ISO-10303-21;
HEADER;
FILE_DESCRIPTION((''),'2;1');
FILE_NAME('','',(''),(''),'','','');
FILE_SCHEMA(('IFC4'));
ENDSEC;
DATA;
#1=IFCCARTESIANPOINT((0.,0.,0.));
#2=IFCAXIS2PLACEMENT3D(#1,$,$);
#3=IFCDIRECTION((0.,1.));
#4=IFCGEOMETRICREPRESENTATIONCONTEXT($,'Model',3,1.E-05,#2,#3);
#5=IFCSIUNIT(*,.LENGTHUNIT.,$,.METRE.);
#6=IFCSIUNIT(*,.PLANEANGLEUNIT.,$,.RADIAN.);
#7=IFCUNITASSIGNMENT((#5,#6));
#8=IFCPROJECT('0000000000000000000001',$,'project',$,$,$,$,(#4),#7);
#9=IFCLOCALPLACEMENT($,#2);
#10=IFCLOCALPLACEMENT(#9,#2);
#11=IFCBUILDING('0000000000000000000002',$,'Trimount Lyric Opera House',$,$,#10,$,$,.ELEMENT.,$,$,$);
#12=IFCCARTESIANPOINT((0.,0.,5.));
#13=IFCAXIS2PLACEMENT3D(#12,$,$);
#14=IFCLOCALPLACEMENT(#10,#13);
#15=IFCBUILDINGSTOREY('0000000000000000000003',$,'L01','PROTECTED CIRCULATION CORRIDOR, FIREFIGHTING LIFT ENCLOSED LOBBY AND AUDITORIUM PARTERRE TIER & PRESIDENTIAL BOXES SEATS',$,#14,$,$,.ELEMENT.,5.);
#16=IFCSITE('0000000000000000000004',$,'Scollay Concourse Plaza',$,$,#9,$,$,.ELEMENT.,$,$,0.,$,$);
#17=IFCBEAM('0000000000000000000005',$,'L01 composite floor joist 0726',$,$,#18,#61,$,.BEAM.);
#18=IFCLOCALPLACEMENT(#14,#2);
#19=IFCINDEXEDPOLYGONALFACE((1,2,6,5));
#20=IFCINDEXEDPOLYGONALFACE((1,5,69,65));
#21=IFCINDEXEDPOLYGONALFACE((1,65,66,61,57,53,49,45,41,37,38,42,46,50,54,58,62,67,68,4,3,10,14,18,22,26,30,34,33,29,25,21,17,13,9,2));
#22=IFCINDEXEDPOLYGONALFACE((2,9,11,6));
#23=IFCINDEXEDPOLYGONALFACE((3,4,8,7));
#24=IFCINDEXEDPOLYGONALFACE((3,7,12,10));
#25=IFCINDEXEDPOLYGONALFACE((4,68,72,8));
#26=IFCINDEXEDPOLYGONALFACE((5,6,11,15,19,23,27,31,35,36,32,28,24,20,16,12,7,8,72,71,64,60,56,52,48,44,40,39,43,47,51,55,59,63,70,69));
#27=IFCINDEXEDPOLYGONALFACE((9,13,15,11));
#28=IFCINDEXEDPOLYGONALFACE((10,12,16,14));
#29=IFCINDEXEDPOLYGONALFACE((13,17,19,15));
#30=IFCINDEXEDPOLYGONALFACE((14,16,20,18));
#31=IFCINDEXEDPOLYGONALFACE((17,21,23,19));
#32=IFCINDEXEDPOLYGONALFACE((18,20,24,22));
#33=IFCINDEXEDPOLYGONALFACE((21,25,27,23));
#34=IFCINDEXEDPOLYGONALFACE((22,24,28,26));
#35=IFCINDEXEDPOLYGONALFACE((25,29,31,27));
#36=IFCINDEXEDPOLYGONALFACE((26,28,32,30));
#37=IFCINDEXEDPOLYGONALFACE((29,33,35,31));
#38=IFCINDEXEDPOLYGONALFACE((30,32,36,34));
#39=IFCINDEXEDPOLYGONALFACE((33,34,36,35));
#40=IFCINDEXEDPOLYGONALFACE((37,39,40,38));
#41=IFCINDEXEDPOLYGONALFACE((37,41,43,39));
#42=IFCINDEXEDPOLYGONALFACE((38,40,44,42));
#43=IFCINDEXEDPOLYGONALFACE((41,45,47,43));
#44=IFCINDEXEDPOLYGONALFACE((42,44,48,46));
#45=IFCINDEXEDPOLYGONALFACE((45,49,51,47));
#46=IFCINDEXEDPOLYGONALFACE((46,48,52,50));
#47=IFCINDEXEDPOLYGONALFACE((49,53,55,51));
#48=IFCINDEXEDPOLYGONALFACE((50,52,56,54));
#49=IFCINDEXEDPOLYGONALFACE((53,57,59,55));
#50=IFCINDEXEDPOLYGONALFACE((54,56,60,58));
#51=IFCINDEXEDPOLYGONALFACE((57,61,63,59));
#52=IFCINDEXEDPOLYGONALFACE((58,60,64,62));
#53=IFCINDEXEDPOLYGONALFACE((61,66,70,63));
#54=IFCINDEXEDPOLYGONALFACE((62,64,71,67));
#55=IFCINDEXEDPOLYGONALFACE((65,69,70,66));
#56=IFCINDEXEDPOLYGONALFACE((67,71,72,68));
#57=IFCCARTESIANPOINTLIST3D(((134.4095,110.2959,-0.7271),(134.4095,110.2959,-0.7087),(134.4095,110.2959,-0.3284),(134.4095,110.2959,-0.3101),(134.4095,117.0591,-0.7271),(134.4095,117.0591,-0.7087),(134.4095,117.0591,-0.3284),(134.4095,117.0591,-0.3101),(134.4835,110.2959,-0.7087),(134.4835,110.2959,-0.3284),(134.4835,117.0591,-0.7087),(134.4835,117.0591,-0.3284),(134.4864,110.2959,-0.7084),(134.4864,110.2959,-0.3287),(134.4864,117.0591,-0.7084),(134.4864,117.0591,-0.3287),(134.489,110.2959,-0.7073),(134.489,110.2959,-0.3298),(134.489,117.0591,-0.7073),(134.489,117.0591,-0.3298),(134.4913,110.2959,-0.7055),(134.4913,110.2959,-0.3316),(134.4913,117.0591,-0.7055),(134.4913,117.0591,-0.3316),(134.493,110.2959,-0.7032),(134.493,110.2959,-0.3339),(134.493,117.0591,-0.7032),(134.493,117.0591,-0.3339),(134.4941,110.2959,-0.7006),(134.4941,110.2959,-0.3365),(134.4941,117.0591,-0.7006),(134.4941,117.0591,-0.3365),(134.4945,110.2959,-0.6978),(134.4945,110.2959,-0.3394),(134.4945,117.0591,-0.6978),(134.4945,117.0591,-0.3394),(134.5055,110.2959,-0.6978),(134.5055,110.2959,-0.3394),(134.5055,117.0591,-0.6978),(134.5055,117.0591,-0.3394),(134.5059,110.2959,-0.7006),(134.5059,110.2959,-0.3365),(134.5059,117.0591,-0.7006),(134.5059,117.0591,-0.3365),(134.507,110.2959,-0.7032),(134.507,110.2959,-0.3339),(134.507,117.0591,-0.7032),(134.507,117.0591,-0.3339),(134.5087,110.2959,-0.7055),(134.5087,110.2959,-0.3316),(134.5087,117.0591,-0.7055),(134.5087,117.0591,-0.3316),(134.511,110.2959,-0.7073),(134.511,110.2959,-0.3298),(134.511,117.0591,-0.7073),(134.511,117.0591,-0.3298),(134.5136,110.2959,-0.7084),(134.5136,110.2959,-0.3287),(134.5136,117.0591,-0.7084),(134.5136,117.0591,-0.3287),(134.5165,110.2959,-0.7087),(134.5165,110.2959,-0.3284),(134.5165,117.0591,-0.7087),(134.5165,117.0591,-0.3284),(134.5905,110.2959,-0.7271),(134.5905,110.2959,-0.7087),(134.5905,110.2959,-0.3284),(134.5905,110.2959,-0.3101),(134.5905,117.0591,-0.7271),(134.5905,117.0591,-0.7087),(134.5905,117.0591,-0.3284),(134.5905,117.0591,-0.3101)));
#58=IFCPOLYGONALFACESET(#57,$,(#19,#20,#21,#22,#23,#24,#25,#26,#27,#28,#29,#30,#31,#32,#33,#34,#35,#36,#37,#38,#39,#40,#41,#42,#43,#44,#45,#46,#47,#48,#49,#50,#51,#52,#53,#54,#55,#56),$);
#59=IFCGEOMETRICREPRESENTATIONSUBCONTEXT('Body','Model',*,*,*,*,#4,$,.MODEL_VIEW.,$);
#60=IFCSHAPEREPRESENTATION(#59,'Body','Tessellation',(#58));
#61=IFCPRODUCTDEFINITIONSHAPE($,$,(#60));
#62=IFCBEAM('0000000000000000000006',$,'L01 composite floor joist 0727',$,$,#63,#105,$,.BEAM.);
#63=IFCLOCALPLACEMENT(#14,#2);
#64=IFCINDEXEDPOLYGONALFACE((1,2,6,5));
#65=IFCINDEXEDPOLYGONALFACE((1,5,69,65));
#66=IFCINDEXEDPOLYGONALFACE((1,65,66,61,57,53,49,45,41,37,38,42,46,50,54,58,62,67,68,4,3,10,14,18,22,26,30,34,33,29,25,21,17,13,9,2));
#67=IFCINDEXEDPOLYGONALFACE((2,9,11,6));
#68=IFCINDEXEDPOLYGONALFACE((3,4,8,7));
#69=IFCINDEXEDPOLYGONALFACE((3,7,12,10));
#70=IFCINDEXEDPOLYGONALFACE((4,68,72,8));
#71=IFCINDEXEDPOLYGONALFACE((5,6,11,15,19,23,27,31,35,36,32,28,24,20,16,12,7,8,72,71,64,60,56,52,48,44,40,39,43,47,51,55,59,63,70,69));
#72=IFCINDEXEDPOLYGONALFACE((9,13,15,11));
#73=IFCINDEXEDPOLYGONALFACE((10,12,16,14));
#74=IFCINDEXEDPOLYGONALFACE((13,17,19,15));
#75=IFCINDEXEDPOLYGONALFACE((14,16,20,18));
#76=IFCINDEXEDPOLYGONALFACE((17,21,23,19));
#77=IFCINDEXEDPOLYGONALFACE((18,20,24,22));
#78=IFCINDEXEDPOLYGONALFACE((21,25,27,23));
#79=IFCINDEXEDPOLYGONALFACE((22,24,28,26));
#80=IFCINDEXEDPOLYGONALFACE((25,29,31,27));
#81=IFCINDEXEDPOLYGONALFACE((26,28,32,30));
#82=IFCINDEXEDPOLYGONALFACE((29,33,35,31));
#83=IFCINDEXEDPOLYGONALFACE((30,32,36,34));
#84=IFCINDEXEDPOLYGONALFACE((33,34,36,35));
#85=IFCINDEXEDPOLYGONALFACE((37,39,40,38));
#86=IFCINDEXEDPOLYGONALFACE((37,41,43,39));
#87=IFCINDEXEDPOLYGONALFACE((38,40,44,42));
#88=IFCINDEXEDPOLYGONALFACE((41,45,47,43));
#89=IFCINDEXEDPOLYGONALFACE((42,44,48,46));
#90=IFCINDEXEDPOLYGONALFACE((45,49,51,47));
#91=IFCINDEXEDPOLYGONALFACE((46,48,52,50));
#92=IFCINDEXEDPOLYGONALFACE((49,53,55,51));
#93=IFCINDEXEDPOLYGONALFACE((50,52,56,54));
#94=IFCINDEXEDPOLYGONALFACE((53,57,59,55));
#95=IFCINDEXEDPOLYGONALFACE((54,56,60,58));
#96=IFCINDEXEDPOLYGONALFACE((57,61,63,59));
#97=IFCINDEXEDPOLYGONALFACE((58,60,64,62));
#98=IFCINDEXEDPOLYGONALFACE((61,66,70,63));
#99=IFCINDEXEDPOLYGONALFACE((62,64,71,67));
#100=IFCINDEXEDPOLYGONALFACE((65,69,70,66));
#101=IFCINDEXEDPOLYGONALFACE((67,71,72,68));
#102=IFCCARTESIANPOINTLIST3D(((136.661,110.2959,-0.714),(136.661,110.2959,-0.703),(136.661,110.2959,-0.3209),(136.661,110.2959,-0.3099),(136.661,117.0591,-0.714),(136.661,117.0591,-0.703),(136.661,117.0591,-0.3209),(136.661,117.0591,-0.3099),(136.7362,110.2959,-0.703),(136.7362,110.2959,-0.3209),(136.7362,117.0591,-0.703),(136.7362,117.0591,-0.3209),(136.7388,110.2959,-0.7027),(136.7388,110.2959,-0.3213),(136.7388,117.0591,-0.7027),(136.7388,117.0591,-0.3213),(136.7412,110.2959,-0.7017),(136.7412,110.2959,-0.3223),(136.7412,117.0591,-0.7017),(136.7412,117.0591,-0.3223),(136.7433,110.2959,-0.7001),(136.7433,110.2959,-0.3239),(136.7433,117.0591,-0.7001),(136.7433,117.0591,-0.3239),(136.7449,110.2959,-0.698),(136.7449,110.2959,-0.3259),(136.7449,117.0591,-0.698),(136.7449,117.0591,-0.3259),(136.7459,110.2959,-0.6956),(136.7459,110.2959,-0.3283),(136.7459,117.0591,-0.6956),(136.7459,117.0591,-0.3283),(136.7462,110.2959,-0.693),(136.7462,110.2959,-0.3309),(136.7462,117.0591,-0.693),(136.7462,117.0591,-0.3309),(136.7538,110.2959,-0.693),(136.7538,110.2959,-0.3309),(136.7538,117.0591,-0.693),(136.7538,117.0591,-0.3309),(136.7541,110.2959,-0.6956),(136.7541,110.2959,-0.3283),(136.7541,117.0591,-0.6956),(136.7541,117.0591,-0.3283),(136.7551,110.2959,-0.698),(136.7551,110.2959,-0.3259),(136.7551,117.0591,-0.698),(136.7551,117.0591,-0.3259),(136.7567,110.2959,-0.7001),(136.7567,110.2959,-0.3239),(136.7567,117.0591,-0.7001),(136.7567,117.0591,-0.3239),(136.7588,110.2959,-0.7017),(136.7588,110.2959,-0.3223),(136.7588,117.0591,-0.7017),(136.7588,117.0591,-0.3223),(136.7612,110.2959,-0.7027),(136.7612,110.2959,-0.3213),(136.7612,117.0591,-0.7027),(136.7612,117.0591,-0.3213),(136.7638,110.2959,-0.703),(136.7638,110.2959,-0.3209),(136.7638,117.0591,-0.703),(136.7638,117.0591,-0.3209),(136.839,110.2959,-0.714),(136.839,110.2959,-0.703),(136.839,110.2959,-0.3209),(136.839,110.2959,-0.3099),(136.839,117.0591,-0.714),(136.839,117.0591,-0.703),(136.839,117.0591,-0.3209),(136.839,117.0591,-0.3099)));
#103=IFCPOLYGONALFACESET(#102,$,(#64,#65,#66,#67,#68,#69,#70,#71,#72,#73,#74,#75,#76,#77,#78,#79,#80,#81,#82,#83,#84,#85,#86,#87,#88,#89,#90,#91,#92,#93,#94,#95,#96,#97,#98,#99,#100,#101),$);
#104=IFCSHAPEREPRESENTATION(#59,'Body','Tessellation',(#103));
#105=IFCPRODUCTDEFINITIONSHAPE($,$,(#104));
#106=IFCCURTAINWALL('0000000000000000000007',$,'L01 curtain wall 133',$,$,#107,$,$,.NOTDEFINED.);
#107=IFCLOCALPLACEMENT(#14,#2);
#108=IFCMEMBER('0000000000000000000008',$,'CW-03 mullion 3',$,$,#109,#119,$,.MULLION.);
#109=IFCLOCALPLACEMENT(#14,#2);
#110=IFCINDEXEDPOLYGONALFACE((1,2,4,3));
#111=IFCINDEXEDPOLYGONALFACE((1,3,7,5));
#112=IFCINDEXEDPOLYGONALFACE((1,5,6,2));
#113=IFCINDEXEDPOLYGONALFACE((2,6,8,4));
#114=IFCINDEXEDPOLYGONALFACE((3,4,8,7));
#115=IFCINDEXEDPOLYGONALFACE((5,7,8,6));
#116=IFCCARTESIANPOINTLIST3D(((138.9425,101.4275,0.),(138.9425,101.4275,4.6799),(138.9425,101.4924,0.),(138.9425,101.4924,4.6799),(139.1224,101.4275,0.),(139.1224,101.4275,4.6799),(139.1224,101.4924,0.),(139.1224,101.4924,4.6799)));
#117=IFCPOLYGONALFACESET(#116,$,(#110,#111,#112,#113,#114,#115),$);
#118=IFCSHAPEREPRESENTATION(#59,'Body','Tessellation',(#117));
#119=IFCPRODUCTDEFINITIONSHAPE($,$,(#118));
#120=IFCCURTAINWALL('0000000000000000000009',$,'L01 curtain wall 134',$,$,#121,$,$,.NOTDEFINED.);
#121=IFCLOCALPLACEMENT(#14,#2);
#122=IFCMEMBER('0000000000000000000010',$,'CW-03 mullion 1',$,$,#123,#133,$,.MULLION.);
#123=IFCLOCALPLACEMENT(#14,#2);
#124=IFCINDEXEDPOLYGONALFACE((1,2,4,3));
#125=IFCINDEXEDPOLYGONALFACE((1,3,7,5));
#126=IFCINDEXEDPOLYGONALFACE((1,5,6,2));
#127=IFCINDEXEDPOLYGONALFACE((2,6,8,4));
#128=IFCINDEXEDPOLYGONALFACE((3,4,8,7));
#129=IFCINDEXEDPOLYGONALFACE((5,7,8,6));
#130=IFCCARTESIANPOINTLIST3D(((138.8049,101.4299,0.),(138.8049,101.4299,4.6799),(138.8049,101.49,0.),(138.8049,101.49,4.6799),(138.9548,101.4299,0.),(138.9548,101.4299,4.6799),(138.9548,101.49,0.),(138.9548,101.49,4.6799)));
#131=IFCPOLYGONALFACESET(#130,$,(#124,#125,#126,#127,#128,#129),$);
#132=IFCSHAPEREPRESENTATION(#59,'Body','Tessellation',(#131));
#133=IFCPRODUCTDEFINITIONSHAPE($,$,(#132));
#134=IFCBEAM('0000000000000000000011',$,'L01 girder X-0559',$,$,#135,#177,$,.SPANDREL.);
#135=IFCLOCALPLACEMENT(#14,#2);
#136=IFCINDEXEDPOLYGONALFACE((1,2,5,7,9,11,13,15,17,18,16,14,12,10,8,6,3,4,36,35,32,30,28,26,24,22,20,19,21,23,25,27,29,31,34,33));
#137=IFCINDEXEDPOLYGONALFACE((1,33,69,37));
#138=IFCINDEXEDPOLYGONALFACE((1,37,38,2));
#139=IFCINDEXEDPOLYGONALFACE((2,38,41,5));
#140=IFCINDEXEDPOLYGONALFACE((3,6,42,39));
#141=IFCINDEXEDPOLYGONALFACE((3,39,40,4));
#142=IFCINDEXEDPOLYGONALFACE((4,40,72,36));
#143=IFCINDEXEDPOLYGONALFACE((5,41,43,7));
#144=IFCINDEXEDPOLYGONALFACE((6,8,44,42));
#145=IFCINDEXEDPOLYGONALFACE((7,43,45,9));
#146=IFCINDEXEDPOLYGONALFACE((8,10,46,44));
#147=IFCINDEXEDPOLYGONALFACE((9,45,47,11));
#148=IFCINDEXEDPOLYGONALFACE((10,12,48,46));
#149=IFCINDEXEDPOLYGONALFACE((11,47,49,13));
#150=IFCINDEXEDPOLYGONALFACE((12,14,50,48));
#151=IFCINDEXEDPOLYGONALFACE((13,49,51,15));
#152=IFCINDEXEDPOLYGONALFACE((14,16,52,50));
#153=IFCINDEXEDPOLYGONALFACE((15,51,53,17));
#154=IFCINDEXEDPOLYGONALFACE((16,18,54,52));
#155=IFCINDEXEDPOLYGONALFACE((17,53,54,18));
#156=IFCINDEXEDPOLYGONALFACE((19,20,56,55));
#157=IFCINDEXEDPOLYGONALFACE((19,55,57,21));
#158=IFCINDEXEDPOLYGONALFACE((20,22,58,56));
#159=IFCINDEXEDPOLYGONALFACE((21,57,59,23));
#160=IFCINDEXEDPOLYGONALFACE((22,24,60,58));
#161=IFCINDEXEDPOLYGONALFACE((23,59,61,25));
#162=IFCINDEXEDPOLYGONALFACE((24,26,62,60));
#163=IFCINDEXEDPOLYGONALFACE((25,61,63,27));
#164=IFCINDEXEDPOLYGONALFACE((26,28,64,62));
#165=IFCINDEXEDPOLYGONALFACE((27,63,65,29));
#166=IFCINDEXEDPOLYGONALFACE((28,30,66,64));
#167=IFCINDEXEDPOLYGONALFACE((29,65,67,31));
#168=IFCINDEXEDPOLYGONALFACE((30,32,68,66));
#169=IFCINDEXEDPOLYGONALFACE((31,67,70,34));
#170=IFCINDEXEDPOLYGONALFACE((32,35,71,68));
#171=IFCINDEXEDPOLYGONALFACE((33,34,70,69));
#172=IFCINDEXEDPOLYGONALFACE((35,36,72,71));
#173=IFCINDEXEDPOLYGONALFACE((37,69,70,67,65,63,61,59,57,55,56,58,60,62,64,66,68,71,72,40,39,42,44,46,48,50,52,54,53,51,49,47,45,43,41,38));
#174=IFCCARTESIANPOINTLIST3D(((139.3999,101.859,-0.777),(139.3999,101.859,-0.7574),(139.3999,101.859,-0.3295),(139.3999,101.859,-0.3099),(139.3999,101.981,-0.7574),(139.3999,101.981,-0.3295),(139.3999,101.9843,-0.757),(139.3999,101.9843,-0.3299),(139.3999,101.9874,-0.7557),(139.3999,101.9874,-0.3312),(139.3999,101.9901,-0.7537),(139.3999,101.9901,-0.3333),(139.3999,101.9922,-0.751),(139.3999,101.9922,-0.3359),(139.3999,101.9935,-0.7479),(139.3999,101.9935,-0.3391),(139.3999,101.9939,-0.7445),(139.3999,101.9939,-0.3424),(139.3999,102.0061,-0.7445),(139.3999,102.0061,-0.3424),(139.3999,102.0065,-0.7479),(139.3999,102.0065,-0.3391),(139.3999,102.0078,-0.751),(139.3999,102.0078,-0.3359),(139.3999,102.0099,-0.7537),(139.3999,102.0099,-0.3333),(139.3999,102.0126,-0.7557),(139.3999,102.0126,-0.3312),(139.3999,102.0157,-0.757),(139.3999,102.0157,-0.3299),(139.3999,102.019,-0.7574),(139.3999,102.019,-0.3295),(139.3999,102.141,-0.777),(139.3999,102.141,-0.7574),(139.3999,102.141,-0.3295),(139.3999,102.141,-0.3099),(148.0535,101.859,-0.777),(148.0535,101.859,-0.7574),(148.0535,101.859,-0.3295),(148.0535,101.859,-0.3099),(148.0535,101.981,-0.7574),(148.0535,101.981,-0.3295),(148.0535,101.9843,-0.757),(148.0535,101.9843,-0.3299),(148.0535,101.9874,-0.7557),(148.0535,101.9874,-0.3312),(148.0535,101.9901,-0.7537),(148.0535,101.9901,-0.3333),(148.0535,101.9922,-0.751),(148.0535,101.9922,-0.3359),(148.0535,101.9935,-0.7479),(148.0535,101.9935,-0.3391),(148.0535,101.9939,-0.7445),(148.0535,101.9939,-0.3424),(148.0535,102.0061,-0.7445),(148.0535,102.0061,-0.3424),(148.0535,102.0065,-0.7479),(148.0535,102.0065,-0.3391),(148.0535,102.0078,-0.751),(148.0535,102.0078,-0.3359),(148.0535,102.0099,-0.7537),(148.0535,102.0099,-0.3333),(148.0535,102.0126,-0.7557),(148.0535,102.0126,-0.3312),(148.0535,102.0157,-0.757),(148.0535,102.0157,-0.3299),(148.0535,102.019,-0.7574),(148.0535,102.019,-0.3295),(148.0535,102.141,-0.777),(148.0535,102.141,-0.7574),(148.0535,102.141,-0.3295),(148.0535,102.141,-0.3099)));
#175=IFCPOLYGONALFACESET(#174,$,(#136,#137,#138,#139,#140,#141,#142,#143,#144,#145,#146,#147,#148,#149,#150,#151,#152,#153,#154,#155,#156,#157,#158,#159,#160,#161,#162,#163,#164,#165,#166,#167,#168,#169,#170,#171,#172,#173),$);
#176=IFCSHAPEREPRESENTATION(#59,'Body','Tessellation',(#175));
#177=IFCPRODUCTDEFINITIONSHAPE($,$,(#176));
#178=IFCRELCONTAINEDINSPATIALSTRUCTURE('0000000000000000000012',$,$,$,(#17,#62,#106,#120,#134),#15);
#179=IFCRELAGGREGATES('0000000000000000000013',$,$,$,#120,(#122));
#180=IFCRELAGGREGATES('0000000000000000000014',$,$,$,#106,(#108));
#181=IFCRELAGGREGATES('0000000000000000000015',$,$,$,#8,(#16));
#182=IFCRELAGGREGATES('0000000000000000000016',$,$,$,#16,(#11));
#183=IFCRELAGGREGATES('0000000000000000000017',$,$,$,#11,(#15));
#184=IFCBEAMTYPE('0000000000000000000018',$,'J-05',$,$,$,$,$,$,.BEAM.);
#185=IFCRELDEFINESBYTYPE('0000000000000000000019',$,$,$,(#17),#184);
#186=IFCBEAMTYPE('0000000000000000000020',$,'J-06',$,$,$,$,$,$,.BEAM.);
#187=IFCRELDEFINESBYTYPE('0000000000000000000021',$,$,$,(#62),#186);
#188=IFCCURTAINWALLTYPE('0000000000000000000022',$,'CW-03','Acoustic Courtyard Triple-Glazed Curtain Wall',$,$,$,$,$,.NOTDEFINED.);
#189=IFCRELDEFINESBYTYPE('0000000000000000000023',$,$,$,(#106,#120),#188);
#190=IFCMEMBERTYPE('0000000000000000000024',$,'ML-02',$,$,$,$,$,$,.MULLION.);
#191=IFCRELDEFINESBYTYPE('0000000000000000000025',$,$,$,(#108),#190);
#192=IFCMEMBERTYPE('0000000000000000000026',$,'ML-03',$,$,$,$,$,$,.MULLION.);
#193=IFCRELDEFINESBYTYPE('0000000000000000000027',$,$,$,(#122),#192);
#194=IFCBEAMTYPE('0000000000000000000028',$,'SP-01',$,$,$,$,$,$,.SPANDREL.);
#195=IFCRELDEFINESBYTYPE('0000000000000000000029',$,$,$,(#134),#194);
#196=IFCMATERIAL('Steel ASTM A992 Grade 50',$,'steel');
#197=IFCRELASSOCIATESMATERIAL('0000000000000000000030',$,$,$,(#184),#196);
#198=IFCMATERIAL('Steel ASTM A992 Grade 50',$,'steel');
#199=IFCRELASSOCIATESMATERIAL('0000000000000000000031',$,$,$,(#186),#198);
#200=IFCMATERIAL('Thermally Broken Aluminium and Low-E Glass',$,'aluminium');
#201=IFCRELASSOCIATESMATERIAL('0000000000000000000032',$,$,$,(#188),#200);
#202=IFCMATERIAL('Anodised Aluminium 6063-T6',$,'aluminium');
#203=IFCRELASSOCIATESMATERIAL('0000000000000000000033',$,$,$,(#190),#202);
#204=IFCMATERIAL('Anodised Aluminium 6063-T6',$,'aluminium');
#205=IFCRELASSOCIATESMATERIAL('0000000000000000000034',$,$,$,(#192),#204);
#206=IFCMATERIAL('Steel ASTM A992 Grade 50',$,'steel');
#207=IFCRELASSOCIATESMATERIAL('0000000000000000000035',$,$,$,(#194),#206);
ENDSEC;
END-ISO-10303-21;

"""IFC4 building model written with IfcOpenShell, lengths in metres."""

from ifc_helpers import new_model, si_unit, direction, frame, origin, origin_2d, place, context, subcontext, project, spatial, rectangle, i_section, extrude, material, material_profile, profile_set, type_object, element, aggregate, save


model = new_model("IFC4")

# Units and contexts
model_context = context("Model", 3, precision=1e-05, world=origin(), true_north=direction((0.0, 1.0)))
body_context = subcontext(model_context, "Body", "Model", "MODEL_VIEW")
ifc_project = project(units=[si_unit("LENGTHUNIT", "METRE"), si_unit("PLANEANGLEUNIT", "RADIAN")], contexts=[model_context])

# Site, building, storey
site_placement = place(None, origin())
site = spatial("IfcSite", under=ifc_project, at=site_placement, Name="Scollay Concourse Plaza", CompositionType="ELEMENT", RefElevation=0.0)
building_placement = place(site_placement, origin())
building = spatial("IfcBuilding", under=site, at=building_placement, Name="Trimount Lyric Opera House", CompositionType="ELEMENT")
storey_placement = place(building_placement, frame((0.0, 0.0, 5.0)))
storey = spatial("IfcBuildingStorey", under=building, at=storey_placement, Name="L01", Description="PROTECTED CIRCULATION CORRIDOR, FIREFIGHTING LIFT ENCLOSED LOBBY AND AUDITORIUM PARTERRE TIER & PRESIDENTIAL BOXES SEATS", CompositionType="ELEMENT", Elevation=5.0)

# Beams
ifc_material_1 = material(Name="Steel ASTM A992 Grade 50", Category="steel")
ifc_material_profile_1 = material_profile(ifc_material_1, i_section(OverallWidth=0.1809, OverallDepth=0.417, WebThickness=0.011, FlangeThickness=0.0183, FilletRadius=0.011, at=origin_2d()), Name="W16X57")
ifc_profile_set_1 = profile_set([ifc_material_profile_1], Name="Steel ASTM A992 Grade 50")
beam_type_1 = type_object("IfcBeamType", Name="J-05", PredefinedType="BEAM", material=ifc_profile_set_1)
beam_1_placement = place(storey_placement, frame((134.5, 110.2959, -0.5186), z_axis=(0.0, 1.0, 0.0), x_axis=(-1.0, 0.0, 0.0)))
element("IfcBeam", 1, at=beam_1_placement, inside=storey, type_object=beam_type_1, Name="L01 composite floor joist 0726", PredefinedType="BEAM", context=body_context, shape_type="SweptSolid", body=[
    extrude(i_section(OverallWidth=0.1809, OverallDepth=0.417, WebThickness=0.011, FlangeThickness=0.0183, FilletRadius=0.011, at=origin_2d()), origin(), (0.0, 0.0, 1.0), 6.7632),
])
ifc_material_2 = material(Name="Steel ASTM A992 Grade 50", Category="steel")
ifc_material_profile_2 = material_profile(ifc_material_2, i_section(OverallWidth=0.178, OverallDepth=0.4041, WebThickness=0.0076, FlangeThickness=0.011, FilletRadius=0.01, at=origin_2d()), Name="W16X36")
ifc_profile_set_2 = profile_set([ifc_material_profile_2], Name="Steel ASTM A992 Grade 50")
beam_type_2 = type_object("IfcBeamType", Name="J-06", PredefinedType="BEAM", material=ifc_profile_set_2)
beam_2_placement = place(storey_placement, frame((136.75, 110.2959, -0.512), z_axis=(0.0, 1.0, 0.0), x_axis=(-1.0, 0.0, 0.0)))
element("IfcBeam", 2, at=beam_2_placement, inside=storey, type_object=beam_type_2, Name="L01 composite floor joist 0727", PredefinedType="BEAM", context=body_context, shape_type="SweptSolid", body=[
    extrude(i_section(OverallWidth=0.178, OverallDepth=0.4041, WebThickness=0.0076, FlangeThickness=0.011, FilletRadius=0.01, at=origin_2d()), origin(), (0.0, 0.0, 1.0), 6.7632),
])

# Curtain walls, members
ifc_material_3 = material(Name="Thermally Broken Aluminium and Low-E Glass", Category="aluminium")
curtain_wall_type = type_object("IfcCurtainWallType", Name="CW-03", Description="Acoustic Courtyard Triple-Glazed Curtain Wall", PredefinedType="NOTDEFINED", material=ifc_material_3)
curtain_wall_1_placement = place(storey_placement, origin())
curtain_wall_1 = element("IfcCurtainWall", 3, at=curtain_wall_1_placement, inside=storey, type_object=curtain_wall_type, Name="L01 curtain wall 133", PredefinedType="NOTDEFINED")
ifc_material_4 = material(Name="Anodised Aluminium 6063-T6", Category="aluminium")
ifc_material_profile_3 = material_profile(ifc_material_4, rectangle(XDim=0.0649, YDim=0.1799, at=origin_2d()), Name="ALU-MULL-65X180")
ifc_profile_set_3 = profile_set([ifc_material_profile_3], Name="Anodised Aluminium 6063-T6")
member_type_1 = type_object("IfcMemberType", Name="ML-02", PredefinedType="MULLION", material=ifc_profile_set_3)
member_1_placement = place(storey_placement, frame((139.0325, 101.46, 0.0), z_axis=(0.0, 0.0, 1.0), x_axis=(0.0, -1.0, 0.0)))
member_1 = element("IfcMember", 4, at=member_1_placement, type_object=member_type_1, Name="CW-03 mullion 3", PredefinedType="MULLION", context=body_context, shape_type="SweptSolid", body=[
    extrude(rectangle(XDim=0.0649, YDim=0.1799, at=origin_2d()), origin(), (0.0, 0.0, 1.0), 4.6799),
])
curtain_wall_2_placement = place(storey_placement, origin())
curtain_wall_2 = element("IfcCurtainWall", 5, at=curtain_wall_2_placement, inside=storey, type_object=curtain_wall_type, Name="L01 curtain wall 134", PredefinedType="NOTDEFINED")
ifc_material_5 = material(Name="Anodised Aluminium 6063-T6", Category="aluminium")
ifc_material_profile_4 = material_profile(ifc_material_5, rectangle(XDim=0.0601, YDim=0.1499, at=origin_2d()), Name="ALU-MULL-60X150")
ifc_profile_set_4 = profile_set([ifc_material_profile_4], Name="Anodised Aluminium 6063-T6")
member_type_2 = type_object("IfcMemberType", Name="ML-03", PredefinedType="MULLION", material=ifc_profile_set_4)
member_2_placement = place(storey_placement, frame((138.8799, 101.46, 0.0), z_axis=(0.0, 0.0, 1.0), x_axis=(0.0, -1.0, 0.0)))
member_2 = element("IfcMember", 6, at=member_2_placement, type_object=member_type_2, Name="CW-03 mullion 1", PredefinedType="MULLION", context=body_context, shape_type="SweptSolid", body=[
    extrude(rectangle(XDim=0.0601, YDim=0.1499, at=origin_2d()), origin(), (0.0, 0.0, 1.0), 4.6799),
])

# Beam
ifc_material_6 = material(Name="Steel ASTM A992 Grade 50", Category="steel")
ifc_material_profile_5 = material_profile(ifc_material_6, i_section(OverallWidth=0.282, OverallDepth=0.467, WebThickness=0.0122, FlangeThickness=0.0195, FilletRadius=0.0129, at=origin_2d()), Name="W18X86")
ifc_profile_set_5 = profile_set([ifc_material_profile_5], Name="Steel ASTM A992 Grade 50")
beam_type_3 = type_object("IfcBeamType", Name="SP-01", PredefinedType="SPANDREL", material=ifc_profile_set_5)
beam_3_placement = place(storey_placement, frame((139.3999, 102.0, -0.5435), z_axis=(1.0, 0.0, 0.0), x_axis=(0.0, 1.0, 0.0)))
element("IfcBeam", 7, at=beam_3_placement, inside=storey, type_object=beam_type_3, Name="L01 girder X-0559", PredefinedType="SPANDREL", context=body_context, shape_type="SweptSolid", body=[
    extrude(i_section(OverallWidth=0.282, OverallDepth=0.467, WebThickness=0.0122, FlangeThickness=0.0195, FilletRadius=0.0129, at=origin_2d()), origin(), (0.0, 0.0, 1.0), 8.6536),
])

aggregate(curtain_wall_2, [member_2])

aggregate(curtain_wall_1, [member_1])

save(model, "model.ifc")
